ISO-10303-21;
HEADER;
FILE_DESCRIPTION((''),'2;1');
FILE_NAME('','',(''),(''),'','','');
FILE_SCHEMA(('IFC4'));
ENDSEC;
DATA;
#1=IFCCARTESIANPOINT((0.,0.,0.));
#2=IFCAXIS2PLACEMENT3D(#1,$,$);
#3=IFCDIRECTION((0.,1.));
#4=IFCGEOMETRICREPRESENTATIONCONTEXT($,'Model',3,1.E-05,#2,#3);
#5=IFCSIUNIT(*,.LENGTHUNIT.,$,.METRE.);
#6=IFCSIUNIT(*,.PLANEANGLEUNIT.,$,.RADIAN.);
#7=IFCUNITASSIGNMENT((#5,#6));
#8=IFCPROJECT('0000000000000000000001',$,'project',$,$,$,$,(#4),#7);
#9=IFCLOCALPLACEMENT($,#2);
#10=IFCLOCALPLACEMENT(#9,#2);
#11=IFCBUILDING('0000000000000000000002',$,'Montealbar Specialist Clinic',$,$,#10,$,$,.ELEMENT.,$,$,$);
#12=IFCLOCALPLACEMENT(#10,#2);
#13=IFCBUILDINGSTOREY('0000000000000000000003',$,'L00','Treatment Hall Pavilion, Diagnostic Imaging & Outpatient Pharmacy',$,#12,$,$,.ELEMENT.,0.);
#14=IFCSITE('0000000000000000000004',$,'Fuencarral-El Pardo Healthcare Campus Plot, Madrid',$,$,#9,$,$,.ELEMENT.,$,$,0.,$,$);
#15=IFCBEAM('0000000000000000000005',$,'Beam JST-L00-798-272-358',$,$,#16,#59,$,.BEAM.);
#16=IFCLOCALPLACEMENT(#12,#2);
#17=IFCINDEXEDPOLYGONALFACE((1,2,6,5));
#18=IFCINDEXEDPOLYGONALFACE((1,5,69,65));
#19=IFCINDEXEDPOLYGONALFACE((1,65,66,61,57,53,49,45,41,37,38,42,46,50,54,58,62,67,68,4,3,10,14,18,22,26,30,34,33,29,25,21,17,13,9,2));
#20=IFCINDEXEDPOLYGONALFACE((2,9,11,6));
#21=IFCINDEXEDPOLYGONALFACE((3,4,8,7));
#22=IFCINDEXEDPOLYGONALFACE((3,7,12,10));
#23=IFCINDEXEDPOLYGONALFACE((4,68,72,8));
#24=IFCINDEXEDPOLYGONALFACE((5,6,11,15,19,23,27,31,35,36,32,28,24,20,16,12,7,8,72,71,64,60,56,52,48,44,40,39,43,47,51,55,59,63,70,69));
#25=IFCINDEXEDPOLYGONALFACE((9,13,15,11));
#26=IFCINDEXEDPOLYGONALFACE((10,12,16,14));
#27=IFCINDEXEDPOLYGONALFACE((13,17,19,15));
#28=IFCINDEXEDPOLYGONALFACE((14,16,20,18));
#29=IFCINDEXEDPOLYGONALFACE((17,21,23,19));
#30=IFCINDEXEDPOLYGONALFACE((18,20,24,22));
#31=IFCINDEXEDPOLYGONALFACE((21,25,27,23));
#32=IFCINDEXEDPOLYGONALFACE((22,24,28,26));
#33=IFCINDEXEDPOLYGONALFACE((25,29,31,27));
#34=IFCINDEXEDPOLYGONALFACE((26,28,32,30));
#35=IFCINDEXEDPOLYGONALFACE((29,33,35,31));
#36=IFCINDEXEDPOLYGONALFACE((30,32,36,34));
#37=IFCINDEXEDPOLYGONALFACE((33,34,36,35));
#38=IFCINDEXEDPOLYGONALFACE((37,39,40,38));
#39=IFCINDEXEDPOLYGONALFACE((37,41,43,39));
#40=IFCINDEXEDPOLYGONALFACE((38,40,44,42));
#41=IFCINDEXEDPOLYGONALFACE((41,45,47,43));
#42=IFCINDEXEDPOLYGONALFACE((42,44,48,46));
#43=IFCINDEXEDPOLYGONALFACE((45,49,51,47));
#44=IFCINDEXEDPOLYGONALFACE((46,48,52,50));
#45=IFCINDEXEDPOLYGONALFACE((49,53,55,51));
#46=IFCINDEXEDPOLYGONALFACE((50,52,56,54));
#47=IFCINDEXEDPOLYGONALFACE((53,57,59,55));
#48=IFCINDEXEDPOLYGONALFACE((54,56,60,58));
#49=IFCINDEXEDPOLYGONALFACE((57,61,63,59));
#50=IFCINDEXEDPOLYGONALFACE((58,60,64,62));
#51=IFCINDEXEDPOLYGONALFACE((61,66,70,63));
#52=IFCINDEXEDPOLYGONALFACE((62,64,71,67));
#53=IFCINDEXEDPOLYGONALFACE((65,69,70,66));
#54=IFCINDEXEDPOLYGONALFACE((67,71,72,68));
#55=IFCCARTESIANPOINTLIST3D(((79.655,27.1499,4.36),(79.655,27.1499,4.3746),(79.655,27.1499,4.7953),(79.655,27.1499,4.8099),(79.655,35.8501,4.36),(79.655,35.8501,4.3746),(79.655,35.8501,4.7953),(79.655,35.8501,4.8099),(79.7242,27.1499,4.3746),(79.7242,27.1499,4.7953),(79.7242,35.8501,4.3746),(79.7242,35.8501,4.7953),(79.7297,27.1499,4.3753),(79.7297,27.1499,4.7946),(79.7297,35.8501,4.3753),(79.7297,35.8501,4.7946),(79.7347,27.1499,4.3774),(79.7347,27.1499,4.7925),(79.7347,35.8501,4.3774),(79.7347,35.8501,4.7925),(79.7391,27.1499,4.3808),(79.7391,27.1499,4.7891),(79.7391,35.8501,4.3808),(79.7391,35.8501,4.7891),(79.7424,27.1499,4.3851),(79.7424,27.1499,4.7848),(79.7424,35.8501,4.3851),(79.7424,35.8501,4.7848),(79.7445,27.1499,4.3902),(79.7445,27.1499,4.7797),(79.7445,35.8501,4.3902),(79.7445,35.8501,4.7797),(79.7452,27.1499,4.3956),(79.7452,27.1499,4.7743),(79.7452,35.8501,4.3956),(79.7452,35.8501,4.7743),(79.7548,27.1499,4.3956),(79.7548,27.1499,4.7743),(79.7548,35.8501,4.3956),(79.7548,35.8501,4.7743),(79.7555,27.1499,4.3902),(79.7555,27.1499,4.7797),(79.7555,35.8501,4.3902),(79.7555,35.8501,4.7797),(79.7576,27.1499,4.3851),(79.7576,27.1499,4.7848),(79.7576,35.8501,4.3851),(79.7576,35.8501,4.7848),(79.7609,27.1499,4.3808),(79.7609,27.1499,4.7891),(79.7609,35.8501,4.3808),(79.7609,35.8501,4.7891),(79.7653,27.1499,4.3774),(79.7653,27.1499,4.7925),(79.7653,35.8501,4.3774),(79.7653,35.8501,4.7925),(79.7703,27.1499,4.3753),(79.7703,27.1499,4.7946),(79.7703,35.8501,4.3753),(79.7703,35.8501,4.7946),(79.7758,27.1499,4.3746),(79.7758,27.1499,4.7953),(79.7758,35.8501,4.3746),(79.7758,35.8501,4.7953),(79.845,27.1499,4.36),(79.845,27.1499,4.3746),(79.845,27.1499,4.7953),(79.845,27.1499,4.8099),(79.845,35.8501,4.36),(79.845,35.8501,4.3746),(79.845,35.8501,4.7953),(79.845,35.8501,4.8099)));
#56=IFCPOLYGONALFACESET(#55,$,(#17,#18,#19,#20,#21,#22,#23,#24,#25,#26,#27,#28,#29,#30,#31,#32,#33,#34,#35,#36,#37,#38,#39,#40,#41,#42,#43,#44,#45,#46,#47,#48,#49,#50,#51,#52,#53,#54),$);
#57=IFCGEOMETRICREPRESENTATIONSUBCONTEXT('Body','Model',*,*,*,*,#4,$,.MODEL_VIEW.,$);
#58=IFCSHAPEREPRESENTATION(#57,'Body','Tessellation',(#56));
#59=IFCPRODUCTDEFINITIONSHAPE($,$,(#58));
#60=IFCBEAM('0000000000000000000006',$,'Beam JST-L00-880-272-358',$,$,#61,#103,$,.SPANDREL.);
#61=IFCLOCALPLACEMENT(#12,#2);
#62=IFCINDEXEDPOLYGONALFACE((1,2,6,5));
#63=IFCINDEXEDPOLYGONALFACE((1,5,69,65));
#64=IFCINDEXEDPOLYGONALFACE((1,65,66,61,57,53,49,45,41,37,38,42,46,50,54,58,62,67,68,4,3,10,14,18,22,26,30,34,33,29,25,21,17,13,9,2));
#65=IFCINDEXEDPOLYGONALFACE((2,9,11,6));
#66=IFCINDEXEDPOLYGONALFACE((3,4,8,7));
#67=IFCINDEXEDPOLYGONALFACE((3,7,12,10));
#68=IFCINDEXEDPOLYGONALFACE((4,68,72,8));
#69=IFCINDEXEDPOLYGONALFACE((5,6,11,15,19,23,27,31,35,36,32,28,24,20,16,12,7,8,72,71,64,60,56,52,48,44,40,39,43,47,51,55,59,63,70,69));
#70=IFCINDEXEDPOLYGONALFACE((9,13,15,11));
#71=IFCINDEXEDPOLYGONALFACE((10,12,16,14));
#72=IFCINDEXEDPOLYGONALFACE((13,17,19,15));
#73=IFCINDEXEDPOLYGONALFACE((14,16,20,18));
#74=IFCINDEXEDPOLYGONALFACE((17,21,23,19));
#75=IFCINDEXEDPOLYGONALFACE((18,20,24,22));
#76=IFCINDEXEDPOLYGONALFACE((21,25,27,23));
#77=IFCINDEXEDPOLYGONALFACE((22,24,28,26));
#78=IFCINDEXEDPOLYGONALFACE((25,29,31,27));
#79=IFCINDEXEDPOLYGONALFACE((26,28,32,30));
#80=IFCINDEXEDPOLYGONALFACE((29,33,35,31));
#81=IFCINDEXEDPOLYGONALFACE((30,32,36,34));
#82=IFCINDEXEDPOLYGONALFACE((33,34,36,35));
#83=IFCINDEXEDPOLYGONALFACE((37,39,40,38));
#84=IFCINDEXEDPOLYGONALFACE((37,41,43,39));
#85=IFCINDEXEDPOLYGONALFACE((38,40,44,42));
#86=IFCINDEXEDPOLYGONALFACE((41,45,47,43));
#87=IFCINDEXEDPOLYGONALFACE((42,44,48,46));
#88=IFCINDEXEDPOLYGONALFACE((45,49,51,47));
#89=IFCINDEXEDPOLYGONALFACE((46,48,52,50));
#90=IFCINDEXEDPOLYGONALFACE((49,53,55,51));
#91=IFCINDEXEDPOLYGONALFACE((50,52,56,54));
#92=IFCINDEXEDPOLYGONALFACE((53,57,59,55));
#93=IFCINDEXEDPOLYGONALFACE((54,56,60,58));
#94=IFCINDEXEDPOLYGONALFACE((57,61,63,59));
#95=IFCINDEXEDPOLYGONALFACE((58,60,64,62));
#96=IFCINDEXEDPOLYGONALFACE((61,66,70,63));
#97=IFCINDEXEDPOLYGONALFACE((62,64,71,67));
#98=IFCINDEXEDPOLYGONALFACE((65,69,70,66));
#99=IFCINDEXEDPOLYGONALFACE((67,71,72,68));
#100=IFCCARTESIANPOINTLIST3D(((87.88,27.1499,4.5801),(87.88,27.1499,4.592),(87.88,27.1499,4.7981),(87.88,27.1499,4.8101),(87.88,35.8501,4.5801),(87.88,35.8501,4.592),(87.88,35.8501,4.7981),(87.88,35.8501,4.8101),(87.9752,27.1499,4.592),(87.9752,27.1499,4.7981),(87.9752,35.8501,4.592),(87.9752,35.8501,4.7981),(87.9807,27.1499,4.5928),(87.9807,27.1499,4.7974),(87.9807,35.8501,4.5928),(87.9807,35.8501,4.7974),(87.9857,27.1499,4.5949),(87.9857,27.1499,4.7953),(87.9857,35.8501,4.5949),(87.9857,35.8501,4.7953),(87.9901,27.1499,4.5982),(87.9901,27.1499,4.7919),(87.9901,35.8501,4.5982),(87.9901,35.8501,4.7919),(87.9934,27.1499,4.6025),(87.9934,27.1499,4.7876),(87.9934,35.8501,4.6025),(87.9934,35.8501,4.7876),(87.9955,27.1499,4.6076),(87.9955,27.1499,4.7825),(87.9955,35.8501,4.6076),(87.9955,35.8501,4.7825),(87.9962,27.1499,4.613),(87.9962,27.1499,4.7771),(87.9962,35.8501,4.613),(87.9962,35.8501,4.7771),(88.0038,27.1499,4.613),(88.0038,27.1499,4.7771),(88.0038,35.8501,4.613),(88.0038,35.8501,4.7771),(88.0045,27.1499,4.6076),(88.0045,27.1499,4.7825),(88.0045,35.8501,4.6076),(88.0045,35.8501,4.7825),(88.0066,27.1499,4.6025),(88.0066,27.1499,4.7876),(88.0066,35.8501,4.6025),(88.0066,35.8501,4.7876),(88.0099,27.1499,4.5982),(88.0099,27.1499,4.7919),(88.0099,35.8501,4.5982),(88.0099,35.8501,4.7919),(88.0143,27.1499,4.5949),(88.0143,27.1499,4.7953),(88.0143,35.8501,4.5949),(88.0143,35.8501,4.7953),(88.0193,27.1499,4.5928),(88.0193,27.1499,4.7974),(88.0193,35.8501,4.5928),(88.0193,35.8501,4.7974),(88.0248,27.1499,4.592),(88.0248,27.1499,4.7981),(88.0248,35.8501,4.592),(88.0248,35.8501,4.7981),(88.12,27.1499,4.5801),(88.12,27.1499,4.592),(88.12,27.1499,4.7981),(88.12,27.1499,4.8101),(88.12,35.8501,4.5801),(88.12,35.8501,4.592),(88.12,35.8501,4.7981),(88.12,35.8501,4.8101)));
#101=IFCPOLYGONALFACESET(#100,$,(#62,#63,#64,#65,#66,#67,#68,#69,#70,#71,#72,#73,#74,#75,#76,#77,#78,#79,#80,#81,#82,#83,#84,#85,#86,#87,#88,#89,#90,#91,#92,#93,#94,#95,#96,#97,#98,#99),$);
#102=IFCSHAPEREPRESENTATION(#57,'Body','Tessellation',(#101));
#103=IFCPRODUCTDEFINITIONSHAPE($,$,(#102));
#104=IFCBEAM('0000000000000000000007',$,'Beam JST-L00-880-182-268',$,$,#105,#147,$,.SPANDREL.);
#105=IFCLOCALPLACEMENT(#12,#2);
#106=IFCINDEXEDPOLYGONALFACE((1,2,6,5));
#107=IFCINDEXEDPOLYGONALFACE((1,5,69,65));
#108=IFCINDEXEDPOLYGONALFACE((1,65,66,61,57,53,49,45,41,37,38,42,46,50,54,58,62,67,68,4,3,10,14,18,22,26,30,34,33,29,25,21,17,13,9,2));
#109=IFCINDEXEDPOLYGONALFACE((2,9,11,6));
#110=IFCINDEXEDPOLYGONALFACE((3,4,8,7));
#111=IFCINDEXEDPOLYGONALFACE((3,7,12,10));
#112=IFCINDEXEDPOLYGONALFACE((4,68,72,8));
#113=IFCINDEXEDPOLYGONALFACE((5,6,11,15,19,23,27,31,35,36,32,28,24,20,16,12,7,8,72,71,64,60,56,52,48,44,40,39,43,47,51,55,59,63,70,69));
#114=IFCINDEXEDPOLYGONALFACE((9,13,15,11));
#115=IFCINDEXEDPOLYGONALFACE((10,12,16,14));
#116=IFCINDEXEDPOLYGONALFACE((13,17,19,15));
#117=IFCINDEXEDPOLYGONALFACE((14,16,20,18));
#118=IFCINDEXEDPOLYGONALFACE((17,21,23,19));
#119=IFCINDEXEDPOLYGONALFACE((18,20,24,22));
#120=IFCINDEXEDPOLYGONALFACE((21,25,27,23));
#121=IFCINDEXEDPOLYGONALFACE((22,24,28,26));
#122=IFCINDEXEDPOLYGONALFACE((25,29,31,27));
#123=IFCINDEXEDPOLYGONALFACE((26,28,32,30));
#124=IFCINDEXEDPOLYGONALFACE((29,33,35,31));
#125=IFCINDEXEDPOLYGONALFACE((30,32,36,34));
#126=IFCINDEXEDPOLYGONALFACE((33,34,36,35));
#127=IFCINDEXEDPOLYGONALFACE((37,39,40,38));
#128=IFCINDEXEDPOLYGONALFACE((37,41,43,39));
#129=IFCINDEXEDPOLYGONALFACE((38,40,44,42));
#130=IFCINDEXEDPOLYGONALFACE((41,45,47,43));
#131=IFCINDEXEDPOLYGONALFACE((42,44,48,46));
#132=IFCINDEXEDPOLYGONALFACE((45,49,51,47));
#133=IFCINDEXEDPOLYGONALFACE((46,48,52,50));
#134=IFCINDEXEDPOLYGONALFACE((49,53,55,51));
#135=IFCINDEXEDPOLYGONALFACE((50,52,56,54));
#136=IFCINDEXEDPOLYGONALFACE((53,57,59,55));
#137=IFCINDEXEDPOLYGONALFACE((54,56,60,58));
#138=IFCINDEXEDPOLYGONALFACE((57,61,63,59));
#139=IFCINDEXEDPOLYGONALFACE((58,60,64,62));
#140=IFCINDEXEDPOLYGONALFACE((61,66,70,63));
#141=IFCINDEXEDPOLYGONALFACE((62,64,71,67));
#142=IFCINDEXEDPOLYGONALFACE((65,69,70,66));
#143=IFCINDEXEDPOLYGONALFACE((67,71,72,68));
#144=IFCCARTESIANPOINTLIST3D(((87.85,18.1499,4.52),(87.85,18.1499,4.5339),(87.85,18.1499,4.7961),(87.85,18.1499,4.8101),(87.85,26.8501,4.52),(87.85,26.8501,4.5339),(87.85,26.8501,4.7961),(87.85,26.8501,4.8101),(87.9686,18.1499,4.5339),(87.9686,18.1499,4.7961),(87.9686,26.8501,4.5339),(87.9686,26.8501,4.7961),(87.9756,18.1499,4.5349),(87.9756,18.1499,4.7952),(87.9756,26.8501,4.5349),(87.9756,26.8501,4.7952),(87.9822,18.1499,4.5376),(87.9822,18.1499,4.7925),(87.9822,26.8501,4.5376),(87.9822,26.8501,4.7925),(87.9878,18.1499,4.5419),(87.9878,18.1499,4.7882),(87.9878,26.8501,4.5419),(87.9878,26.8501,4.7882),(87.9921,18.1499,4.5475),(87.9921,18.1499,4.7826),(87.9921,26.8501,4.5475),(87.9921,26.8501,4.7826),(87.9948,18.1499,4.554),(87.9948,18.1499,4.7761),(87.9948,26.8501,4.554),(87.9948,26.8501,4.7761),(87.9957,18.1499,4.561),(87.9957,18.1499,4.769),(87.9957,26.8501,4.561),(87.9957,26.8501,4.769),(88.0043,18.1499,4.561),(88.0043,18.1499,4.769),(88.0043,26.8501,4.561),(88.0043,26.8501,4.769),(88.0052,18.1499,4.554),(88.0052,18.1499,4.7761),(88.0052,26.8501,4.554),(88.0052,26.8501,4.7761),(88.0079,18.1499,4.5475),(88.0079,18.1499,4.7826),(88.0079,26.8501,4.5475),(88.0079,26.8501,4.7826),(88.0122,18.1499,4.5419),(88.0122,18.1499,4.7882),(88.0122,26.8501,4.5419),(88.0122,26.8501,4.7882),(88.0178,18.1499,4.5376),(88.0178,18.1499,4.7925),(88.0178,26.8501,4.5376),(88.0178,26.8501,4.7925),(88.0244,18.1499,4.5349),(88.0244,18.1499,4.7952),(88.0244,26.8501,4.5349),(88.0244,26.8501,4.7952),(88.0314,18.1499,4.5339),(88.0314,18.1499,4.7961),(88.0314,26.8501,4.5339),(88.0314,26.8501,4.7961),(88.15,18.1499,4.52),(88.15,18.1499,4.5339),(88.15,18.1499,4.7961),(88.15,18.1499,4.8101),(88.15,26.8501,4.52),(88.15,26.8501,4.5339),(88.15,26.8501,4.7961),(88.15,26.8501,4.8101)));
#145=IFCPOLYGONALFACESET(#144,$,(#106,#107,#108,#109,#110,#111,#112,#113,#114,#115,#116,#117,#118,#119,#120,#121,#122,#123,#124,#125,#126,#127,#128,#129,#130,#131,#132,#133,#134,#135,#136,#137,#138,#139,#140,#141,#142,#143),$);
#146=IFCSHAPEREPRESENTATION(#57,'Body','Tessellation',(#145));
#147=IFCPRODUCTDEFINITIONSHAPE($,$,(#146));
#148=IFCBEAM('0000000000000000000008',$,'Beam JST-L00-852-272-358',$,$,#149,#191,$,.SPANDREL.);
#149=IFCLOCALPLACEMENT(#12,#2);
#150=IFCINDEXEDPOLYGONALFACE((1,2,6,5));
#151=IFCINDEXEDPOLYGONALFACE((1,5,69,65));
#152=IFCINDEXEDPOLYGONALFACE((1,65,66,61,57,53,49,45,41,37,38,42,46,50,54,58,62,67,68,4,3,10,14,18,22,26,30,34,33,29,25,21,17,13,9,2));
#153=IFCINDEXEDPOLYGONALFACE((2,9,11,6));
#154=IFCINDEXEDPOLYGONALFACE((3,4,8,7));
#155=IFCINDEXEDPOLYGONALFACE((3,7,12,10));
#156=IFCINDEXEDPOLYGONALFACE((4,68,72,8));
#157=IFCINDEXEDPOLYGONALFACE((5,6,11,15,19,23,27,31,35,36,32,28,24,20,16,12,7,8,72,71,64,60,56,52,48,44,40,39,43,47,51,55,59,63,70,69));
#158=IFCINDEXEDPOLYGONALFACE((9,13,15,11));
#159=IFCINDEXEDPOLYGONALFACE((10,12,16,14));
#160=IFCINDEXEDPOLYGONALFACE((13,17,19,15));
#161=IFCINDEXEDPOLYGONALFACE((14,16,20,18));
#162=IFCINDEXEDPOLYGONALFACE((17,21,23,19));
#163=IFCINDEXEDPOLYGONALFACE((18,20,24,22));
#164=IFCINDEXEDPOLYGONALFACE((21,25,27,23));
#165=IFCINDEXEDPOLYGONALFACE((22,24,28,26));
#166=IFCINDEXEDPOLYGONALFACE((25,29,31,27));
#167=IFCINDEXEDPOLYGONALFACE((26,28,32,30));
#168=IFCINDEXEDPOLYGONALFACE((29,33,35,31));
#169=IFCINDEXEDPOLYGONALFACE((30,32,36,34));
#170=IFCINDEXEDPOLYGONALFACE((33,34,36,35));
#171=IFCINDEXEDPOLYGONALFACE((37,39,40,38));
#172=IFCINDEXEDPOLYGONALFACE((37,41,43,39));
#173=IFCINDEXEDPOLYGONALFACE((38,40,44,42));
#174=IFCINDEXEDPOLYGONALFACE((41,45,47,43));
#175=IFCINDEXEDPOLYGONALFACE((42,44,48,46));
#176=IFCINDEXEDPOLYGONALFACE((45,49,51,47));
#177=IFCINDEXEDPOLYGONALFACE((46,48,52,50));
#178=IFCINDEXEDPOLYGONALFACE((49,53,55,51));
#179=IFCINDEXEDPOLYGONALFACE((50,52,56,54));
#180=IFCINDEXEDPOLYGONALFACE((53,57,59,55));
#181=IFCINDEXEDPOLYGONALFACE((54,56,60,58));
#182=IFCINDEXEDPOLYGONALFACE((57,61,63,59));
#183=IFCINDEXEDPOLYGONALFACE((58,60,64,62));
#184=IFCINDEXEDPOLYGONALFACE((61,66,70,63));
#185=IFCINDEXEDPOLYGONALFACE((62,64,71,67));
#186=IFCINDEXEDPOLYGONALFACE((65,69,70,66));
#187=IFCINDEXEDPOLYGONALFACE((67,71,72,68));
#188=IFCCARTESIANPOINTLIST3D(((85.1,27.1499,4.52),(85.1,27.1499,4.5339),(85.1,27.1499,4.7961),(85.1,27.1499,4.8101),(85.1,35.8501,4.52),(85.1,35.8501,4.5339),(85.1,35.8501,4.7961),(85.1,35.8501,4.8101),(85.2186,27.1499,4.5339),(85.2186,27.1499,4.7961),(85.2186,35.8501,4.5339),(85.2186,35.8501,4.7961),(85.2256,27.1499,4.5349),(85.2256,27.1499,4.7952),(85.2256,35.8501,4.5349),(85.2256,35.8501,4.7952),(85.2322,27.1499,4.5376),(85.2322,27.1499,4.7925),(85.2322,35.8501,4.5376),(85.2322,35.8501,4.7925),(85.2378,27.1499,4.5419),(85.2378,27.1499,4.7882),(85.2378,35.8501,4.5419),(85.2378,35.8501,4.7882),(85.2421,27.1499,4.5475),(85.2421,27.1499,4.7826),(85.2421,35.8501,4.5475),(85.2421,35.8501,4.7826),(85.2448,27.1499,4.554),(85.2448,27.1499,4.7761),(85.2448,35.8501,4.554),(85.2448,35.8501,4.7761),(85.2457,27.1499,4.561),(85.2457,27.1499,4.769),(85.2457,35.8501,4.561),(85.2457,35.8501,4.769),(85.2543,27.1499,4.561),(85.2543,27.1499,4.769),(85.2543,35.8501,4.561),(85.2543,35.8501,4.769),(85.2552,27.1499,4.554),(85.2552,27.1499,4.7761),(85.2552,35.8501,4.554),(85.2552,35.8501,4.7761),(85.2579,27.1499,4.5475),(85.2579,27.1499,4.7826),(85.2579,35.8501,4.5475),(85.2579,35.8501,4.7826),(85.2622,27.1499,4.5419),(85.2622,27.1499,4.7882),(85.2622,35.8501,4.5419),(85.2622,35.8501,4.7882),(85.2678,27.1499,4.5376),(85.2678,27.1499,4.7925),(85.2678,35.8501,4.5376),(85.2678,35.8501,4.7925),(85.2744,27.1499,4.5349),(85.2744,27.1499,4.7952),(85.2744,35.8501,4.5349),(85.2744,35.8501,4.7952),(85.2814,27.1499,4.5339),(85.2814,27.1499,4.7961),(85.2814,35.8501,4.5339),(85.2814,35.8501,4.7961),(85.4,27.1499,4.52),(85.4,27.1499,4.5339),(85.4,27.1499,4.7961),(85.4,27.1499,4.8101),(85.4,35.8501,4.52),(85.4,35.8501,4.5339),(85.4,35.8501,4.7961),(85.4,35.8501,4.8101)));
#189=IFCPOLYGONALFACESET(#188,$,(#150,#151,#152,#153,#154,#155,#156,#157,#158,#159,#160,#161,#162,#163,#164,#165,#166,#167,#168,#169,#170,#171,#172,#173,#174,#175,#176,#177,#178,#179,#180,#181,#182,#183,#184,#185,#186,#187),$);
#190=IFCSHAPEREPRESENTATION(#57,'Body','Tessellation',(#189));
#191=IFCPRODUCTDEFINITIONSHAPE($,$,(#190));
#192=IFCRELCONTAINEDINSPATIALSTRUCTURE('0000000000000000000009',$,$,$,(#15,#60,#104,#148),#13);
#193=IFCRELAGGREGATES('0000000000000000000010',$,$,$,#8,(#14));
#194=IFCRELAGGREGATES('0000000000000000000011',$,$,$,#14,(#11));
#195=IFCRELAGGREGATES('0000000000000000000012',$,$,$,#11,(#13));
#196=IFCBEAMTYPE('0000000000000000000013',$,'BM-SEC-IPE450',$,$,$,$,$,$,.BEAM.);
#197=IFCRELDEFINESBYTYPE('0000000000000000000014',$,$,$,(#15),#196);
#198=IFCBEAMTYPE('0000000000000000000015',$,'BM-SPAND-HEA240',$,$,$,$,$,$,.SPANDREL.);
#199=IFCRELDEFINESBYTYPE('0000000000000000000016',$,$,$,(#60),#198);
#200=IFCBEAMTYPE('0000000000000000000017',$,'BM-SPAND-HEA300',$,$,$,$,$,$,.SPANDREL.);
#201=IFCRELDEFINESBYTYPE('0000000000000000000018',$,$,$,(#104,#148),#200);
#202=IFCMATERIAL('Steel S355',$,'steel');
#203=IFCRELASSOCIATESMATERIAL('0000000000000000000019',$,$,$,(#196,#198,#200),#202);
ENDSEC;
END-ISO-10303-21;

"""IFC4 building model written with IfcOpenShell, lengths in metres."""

from ifc_helpers import new_model, si_unit, direction, frame, origin, origin_2d, place, context, subcontext, project, spatial, i_section, extrude, material, material_profile, profile_set, type_object, element, save


model = new_model("IFC4")

# Units and contexts
model_context = context("Model", 3, precision=1e-05, world=origin(), true_north=direction((0.0, 1.0)))
body_context = subcontext(model_context, "Body", "Model", "MODEL_VIEW")
ifc_project = project(units=[si_unit("LENGTHUNIT", "METRE"), si_unit("PLANEANGLEUNIT", "RADIAN")], contexts=[model_context])

# Site, building, storey
site_placement = place(None, origin())
site = spatial("IfcSite", under=ifc_project, at=site_placement, Name="Fuencarral-El Pardo Healthcare Campus Plot, Madrid", CompositionType="ELEMENT", RefElevation=0.0)
building_placement = place(site_placement, origin())
building = spatial("IfcBuilding", under=site, at=building_placement, Name="Montealbar Specialist Clinic", CompositionType="ELEMENT")
storey_placement = place(building_placement, origin())
storey = spatial("IfcBuildingStorey", under=building, at=storey_placement, Name="L00", Description="Treatment Hall Pavilion, Diagnostic Imaging & Outpatient Pharmacy", CompositionType="ELEMENT", Elevation=0.0)

# Shared definitions
ifc_material_1 = material(Name="Steel S355", Category="steel")

# Beams
ifc_material_profile_1 = material_profile(ifc_material_1, i_section(OverallWidth=0.1899, OverallDepth=0.45, WebThickness=0.0095, FlangeThickness=0.0146, FilletRadius=0.021, at=origin_2d()), Name="IPE 450", Category="steel")
ifc_profile_set_1 = profile_set([ifc_material_profile_1], Name="Steel S355")
beam_type_1 = type_object("IfcBeamType", Name="BM-SEC-IPE450", PredefinedType="BEAM", material=ifc_profile_set_1)
beam_1_placement = place(storey_placement, frame((79.75, 27.1499, 4.585), z_axis=(0.0, 1.0, 0.0), x_axis=(-1.0, 0.0, 0.0)))
element("IfcBeam", 1, at=beam_1_placement, inside=storey, type_object=beam_type_1, Name="Beam JST-L00-798-272-358", PredefinedType="BEAM", context=body_context, shape_type="SweptSolid", body=[
    extrude(i_section(OverallWidth=0.1899, OverallDepth=0.45, WebThickness=0.0095, FlangeThickness=0.0146, FilletRadius=0.021, at=origin_2d()), origin(), (0.0, 0.0, 1.0), 8.7002),
])
ifc_material_profile_2 = material_profile(ifc_material_1, i_section(OverallWidth=0.24, OverallDepth=0.23, WebThickness=0.0076, FlangeThickness=0.012, FilletRadius=0.021, at=origin_2d()), Name="HEA 240", Category="steel")
ifc_profile_set_2 = profile_set([ifc_material_profile_2], Name="Steel S355")
beam_type_2 = type_object("IfcBeamType", Name="BM-SPAND-HEA240", PredefinedType="SPANDREL", material=ifc_profile_set_2)
beam_2_placement = place(storey_placement, frame((88.0, 27.1499, 4.6951), z_axis=(0.0, 1.0, 0.0), x_axis=(-1.0, 0.0, 0.0)))
element("IfcBeam", 2, at=beam_2_placement, inside=storey, type_object=beam_type_2, Name="Beam JST-L00-880-272-358", PredefinedType="SPANDREL", context=body_context, shape_type="SweptSolid", body=[
    extrude(i_section(OverallWidth=0.24, OverallDepth=0.23, WebThickness=0.0076, FlangeThickness=0.012, FilletRadius=0.021, at=origin_2d()), origin(), (0.0, 0.0, 1.0), 8.7002),
])
ifc_material_profile_3 = material_profile(ifc_material_1, i_section(OverallWidth=0.3, OverallDepth=0.29, WebThickness=0.0085, FlangeThickness=0.0139, FilletRadius=0.0271, at=origin_2d()), Name="HEA 300", Category="steel")
ifc_profile_set_3 = profile_set([ifc_material_profile_3], Name="Steel S355")
beam_type_3 = type_object("IfcBeamType", Name="BM-SPAND-HEA300", PredefinedType="SPANDREL", material=ifc_profile_set_3)
for number, where, z_axis, x_axis, name in (
    (3, (88.0, 18.1499, 4.665), (0.0, 1.0, 0.0), (-1.0, 0.0, 0.0), "Beam JST-L00-880-182-268"),
    (4, (85.25, 27.1499, 4.665), (0.0, 1.0, 0.0), (-1.0, 0.0, 0.0), "Beam JST-L00-852-272-358"),
):
    element("IfcBeam", number, at=place(storey_placement, frame(where, z_axis=z_axis, x_axis=x_axis)), inside=storey, type_object=beam_type_3, Name=name, PredefinedType="SPANDREL", context=body_context, shape_type="SweptSolid", body=[
        extrude(i_section(OverallWidth=0.3, OverallDepth=0.29, WebThickness=0.0085, FlangeThickness=0.0139, FilletRadius=0.0271, at=origin_2d()), origin(), (0.0, 0.0, 1.0), 8.7002),
    ])

save(model, "model.ifc")
